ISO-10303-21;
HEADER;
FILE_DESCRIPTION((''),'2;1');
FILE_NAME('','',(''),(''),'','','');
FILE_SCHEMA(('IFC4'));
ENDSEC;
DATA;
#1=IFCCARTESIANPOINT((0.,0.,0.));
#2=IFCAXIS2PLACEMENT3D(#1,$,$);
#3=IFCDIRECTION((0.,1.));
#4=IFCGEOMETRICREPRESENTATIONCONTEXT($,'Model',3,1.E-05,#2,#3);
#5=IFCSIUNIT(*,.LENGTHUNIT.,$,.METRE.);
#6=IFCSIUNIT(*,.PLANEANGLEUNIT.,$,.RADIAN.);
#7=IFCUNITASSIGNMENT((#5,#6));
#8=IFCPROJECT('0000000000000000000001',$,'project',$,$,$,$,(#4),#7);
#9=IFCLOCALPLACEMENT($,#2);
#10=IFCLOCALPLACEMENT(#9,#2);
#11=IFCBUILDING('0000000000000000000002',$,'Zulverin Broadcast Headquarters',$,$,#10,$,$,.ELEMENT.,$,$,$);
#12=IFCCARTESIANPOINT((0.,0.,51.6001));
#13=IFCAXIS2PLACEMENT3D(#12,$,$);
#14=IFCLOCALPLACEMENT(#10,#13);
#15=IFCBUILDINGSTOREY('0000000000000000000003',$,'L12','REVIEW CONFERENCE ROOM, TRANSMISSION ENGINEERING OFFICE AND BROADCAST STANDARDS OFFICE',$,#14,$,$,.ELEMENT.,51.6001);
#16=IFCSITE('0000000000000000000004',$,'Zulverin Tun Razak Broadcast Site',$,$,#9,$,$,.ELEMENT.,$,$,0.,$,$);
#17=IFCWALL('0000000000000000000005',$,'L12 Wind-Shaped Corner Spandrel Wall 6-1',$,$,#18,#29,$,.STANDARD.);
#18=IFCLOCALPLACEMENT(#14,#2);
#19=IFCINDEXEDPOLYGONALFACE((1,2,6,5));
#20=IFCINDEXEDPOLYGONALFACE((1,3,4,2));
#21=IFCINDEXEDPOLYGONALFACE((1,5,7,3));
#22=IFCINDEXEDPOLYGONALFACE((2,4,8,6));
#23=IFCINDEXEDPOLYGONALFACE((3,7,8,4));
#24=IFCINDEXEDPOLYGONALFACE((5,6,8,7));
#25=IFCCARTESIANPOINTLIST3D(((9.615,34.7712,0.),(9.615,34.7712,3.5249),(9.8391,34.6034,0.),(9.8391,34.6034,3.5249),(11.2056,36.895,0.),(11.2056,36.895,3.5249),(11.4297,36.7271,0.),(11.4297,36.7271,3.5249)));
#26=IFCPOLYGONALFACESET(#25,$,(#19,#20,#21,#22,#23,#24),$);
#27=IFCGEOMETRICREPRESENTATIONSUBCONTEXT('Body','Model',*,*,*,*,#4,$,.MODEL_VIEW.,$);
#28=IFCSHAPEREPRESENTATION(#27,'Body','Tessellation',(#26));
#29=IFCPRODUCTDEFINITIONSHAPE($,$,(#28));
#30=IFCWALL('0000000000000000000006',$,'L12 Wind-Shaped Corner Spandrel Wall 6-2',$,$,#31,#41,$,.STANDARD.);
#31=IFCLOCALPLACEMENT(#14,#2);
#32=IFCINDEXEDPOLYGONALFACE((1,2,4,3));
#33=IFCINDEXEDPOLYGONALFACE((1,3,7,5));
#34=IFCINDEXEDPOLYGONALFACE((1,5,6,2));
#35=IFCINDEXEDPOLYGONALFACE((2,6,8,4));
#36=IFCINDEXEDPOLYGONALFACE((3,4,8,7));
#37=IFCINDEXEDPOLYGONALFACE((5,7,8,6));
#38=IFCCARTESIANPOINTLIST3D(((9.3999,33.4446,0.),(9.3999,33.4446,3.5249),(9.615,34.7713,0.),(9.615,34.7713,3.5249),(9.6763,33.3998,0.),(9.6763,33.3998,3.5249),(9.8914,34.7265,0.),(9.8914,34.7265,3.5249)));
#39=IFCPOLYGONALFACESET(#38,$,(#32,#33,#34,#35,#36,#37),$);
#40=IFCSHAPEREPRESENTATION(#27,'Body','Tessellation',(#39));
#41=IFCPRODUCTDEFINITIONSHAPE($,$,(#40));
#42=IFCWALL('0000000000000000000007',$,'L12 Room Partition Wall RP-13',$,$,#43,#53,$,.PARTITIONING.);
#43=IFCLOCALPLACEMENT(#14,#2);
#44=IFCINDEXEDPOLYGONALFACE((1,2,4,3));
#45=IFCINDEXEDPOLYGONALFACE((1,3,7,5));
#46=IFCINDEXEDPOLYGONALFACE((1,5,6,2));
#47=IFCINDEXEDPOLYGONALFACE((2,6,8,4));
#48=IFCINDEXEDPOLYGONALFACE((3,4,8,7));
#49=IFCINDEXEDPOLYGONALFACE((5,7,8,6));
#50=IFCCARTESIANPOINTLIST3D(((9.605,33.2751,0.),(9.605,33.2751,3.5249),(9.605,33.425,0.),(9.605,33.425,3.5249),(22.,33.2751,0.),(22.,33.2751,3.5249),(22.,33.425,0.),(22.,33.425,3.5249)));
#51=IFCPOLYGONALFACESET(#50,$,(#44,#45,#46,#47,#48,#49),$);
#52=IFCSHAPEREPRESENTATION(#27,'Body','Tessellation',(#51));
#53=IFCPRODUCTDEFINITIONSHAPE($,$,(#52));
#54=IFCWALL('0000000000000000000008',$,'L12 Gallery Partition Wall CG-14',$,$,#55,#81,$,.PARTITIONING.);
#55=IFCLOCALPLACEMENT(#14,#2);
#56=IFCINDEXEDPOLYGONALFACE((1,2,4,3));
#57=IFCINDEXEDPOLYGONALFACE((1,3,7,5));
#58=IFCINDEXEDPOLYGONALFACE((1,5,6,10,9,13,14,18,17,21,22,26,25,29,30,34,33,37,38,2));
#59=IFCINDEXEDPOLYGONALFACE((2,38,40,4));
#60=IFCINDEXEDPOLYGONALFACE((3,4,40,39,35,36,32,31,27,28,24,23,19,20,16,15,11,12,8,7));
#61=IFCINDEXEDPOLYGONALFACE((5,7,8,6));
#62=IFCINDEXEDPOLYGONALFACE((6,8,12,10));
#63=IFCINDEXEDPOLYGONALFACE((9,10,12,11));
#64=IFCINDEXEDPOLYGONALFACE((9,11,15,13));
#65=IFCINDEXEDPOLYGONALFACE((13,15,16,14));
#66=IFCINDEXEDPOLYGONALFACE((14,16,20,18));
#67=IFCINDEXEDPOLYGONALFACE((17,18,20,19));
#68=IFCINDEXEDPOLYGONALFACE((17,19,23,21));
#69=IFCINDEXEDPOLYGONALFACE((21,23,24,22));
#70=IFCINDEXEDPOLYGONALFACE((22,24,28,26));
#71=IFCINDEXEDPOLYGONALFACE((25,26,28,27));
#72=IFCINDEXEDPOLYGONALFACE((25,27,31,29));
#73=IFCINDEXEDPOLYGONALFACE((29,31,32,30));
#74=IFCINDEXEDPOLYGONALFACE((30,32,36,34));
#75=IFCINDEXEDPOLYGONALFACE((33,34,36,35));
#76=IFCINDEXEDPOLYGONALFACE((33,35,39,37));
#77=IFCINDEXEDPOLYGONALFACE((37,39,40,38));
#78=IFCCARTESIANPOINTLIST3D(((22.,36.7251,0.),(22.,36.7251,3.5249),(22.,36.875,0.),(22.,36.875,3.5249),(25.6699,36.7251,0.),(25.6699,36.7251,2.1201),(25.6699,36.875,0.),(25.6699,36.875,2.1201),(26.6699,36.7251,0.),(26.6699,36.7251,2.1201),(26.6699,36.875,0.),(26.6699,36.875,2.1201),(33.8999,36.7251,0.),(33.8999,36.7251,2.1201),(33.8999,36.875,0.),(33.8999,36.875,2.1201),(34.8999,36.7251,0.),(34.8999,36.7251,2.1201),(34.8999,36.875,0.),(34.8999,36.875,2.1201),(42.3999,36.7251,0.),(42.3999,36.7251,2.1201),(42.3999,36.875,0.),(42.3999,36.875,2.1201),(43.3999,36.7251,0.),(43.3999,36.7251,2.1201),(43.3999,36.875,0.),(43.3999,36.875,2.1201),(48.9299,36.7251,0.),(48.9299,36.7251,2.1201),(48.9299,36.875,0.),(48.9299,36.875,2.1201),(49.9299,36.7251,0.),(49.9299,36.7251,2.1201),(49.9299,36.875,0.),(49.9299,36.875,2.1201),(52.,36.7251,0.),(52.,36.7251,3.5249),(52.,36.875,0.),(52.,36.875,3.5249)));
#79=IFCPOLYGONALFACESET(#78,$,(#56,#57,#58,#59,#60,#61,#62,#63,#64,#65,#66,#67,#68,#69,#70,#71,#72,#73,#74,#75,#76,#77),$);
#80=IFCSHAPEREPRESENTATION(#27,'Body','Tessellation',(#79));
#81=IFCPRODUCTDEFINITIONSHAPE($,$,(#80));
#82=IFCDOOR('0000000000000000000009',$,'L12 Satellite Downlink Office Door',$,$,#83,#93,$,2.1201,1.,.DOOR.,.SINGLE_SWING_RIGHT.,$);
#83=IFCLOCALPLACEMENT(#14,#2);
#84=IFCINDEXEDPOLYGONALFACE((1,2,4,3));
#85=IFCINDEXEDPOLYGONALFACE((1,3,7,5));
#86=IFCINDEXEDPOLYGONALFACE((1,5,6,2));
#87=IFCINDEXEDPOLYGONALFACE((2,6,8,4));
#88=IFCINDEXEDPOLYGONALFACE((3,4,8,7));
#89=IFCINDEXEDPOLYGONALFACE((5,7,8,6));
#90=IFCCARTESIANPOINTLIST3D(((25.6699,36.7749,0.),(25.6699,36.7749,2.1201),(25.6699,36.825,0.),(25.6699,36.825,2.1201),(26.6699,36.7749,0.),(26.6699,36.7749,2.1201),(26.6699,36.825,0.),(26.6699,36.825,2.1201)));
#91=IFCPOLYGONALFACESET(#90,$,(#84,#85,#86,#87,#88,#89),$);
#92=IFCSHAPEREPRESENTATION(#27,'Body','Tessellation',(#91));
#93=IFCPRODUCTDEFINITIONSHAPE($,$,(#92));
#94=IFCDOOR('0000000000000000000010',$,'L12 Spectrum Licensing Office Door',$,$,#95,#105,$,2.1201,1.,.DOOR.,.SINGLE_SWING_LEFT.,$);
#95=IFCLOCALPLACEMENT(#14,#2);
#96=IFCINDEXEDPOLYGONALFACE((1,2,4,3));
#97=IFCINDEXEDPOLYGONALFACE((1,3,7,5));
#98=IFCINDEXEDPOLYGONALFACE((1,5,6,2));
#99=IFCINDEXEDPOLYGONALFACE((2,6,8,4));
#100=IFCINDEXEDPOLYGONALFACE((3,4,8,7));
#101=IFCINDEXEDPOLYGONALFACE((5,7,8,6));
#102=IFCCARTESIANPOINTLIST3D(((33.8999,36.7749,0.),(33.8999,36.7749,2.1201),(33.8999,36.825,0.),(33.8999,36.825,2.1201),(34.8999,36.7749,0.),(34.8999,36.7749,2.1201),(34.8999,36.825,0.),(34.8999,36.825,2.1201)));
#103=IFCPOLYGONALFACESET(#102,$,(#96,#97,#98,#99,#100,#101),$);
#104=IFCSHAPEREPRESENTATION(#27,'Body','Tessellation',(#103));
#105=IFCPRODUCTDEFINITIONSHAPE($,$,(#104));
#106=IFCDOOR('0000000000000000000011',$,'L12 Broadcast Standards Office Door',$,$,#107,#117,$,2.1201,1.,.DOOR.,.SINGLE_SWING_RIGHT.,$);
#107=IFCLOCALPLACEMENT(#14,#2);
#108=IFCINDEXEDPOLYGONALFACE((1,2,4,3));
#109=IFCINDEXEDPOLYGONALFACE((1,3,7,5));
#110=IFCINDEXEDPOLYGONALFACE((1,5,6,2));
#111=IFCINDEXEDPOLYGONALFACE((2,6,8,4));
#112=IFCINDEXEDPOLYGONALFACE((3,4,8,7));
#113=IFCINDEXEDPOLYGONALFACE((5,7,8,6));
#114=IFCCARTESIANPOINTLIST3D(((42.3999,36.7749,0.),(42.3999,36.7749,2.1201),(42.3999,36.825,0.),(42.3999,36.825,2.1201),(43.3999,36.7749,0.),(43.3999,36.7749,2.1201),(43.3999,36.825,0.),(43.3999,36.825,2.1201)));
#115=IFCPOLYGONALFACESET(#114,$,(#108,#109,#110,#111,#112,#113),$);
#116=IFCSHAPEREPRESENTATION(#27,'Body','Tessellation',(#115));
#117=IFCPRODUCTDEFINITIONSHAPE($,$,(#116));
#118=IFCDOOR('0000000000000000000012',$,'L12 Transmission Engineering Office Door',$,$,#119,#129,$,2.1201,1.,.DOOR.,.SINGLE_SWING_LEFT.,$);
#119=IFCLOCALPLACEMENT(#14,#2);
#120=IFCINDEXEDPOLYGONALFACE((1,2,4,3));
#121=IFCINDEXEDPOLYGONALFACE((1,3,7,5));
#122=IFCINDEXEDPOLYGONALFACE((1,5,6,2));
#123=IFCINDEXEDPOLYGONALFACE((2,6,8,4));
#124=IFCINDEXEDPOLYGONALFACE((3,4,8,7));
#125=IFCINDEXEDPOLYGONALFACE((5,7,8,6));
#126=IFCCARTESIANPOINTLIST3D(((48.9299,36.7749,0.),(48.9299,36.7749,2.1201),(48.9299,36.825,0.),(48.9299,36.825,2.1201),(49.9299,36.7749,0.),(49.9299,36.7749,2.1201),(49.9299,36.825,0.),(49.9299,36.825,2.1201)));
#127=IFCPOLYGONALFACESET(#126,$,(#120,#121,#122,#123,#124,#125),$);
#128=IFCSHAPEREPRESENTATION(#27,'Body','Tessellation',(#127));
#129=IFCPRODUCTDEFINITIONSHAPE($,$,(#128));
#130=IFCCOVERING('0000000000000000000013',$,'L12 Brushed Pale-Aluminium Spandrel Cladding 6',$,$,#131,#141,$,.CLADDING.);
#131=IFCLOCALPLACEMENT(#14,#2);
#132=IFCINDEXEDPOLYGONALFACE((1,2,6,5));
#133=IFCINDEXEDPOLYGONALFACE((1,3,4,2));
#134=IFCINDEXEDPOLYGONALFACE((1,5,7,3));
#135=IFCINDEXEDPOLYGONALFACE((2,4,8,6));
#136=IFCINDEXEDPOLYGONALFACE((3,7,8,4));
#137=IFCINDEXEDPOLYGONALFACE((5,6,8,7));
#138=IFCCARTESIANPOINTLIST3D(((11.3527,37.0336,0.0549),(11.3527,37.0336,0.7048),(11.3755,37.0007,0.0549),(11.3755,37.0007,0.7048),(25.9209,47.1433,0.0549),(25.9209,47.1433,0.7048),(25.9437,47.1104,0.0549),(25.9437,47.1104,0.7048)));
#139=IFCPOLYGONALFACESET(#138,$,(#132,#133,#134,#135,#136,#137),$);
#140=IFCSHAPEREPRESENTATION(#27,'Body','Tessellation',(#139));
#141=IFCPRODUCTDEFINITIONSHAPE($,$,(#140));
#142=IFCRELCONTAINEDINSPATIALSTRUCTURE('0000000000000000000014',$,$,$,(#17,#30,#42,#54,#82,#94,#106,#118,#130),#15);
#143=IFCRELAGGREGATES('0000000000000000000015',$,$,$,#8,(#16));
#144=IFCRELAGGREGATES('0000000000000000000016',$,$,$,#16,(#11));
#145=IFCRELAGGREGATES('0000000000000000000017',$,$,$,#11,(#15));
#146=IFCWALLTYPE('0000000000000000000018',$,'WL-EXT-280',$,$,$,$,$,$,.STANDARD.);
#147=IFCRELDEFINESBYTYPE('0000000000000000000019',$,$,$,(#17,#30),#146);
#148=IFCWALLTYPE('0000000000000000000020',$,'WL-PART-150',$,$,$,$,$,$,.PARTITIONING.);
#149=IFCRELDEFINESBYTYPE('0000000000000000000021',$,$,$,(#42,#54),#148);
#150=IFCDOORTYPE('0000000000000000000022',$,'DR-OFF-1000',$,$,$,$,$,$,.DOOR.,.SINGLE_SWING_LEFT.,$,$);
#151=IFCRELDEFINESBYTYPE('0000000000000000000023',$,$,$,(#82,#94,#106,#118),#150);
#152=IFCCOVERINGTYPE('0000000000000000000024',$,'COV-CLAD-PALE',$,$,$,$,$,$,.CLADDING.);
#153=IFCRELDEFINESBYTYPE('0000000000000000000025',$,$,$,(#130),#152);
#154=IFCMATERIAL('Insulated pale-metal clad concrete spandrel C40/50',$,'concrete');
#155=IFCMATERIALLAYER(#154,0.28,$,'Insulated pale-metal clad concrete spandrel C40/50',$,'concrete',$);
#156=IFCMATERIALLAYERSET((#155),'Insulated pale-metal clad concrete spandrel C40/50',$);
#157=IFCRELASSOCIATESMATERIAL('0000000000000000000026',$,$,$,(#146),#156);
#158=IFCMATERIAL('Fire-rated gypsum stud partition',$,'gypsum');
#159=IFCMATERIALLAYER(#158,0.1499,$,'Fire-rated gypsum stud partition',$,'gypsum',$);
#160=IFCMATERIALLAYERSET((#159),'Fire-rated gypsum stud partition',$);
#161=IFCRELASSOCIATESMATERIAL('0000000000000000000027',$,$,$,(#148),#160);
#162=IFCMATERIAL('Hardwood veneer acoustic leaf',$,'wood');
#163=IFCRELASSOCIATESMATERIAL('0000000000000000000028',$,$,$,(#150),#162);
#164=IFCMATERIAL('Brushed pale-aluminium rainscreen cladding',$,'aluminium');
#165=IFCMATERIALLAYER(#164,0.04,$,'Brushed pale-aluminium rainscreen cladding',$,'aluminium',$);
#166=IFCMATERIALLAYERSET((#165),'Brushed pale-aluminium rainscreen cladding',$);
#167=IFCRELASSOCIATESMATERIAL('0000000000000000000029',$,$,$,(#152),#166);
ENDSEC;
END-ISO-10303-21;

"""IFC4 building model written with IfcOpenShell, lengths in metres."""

from ifc_helpers import new_model, si_unit, direction, frame, frame_2d, origin, origin_2d, place, context, subcontext, project, spatial, rectangle, extrude, material, layer, layer_set, type_object, element, fill, save


model = new_model("IFC4")

# Units and contexts
model_context = context("Model", 3, precision=1e-05, world=origin(), true_north=direction((0.0, 1.0)))
body_context = subcontext(model_context, "Body", "Model", "MODEL_VIEW")
ifc_project = project(units=[si_unit("LENGTHUNIT", "METRE"), si_unit("PLANEANGLEUNIT", "RADIAN")], contexts=[model_context])

# Site, building, storey
site_placement = place(None, origin())
site = spatial("IfcSite", under=ifc_project, at=site_placement, Name="Zulverin Tun Razak Broadcast Site", CompositionType="ELEMENT", RefElevation=0.0)
building_placement = place(site_placement, origin())
building = spatial("IfcBuilding", under=site, at=building_placement, Name="Zulverin Broadcast Headquarters", CompositionType="ELEMENT")
storey_placement = place(building_placement, frame((0.0, 0.0, 51.6001)))
storey = spatial("IfcBuildingStorey", under=building, at=storey_placement, Name="L12", Description="REVIEW CONFERENCE ROOM, TRANSMISSION ENGINEERING OFFICE AND BROADCAST STANDARDS OFFICE", CompositionType="ELEMENT", Elevation=51.6001)

# Shared definitions
ifc_material_1 = material(Name="Insulated pale-metal clad concrete spandrel C40/50", Category="concrete")
ifc_layer_1 = layer(ifc_material_1, 0.28, Name="Insulated pale-metal clad concrete spandrel C40/50", Category="concrete")
ifc_layer_set_1 = layer_set([ifc_layer_1], Name="Insulated pale-metal clad concrete spandrel C40/50")
wall_type_1 = type_object("IfcWallType", Name="WL-EXT-280", PredefinedType="STANDARD", material=ifc_layer_set_1)

# Walls
wall_1_placement = place(storey_placement, frame((11.3176, 36.811, 0.0), z_axis=(0.0, 0.0, 1.0), x_axis=(-0.599455, -0.800408, 0.0)))
element("IfcWall", 1, at=wall_1_placement, inside=storey, type_object=wall_type_1, Name="L12 Wind-Shaped Corner Spandrel Wall 6-1", PredefinedType="STANDARD", context=body_context, shape_type="SweptSolid", body=[
    extrude(rectangle(XDim=2.6533, YDim=0.28, at=frame_2d((1.3267, 0.0))), origin(), (0.0, 0.0, 1.0), 3.5249),
])
wall_2_placement = place(storey_placement, frame((9.7532, 34.7488, 0.0), z_axis=(0.0, 0.0, 1.0), x_axis=(-0.160038, -0.987111, 0.0)))
element("IfcWall", 2, at=wall_2_placement, inside=storey, type_object=wall_type_1, Name="L12 Wind-Shaped Corner Spandrel Wall 6-2", PredefinedType="STANDARD", context=body_context, shape_type="SweptSolid", body=[
    extrude(rectangle(XDim=1.344, YDim=0.28, at=frame_2d((0.6719, 0.0))), origin(), (0.0, 0.0, 1.0), 3.5249),
])
ifc_material_2 = material(Name="Fire-rated gypsum stud partition", Category="gypsum")
ifc_layer_2 = layer(ifc_material_2, 0.1499, Name="Fire-rated gypsum stud partition", Category="gypsum")
ifc_layer_set_2 = layer_set([ifc_layer_2], Name="Fire-rated gypsum stud partition")
wall_type_2 = type_object("IfcWallType", Name="WL-PART-150", PredefinedType="PARTITIONING", material=ifc_layer_set_2)
wall_3_placement = place(storey_placement, frame((9.605, 33.3501, 0.0), z_axis=(0.0, 0.0, 1.0), x_axis=(1.0, 0.0, 0.0)))
element("IfcWall", 3, at=wall_3_placement, inside=storey, type_object=wall_type_2, Name="L12 Room Partition Wall RP-13", PredefinedType="PARTITIONING", context=body_context, shape_type="SweptSolid", body=[
    extrude(rectangle(XDim=12.395, YDim=0.1499, at=frame_2d((6.1975, 0.0))), origin(), (0.0, 0.0, 1.0), 3.5249),
])

# Wall, openings, doors
wall_4_placement = place(storey_placement, frame((22.0, 36.8, 0.0), z_axis=(0.0, 0.0, 1.0), x_axis=(1.0, 0.0, 0.0)))
wall_4 = element("IfcWall", 4, at=wall_4_placement, inside=storey, type_object=wall_type_2, Name="L12 Gallery Partition Wall CG-14", PredefinedType="PARTITIONING", context=body_context, shape_type="SweptSolid", body=[
    extrude(rectangle(XDim=30.0, YDim=0.1499, at=frame_2d((15.0, 0.0))), origin(), (0.0, 0.0, 1.0), 3.5249),
])
opening_1_placement = place(wall_4_placement, frame((3.6699, 0.0, 0.0)))
opening_1 = element("IfcOpeningElement", 5, at=opening_1_placement, cuts=wall_4, PredefinedType="OPENING", context=body_context, shape_type="SweptSolid", body=[
    extrude(rectangle(XDim=1.0, YDim=2.1201, at=frame_2d((0.5, 1.0601))), frame((0.0, 0.085, 0.0), z_axis=(0.0, -1.0, 0.0), x_axis=(1.0, 0.0, 0.0)), (0.0, 0.0, 1.0), 0.1699),
])
opening_2_placement = place(wall_4_placement, frame((11.8999, 0.0, 0.0)))
opening_2 = element("IfcOpeningElement", 6, at=opening_2_placement, cuts=wall_4, PredefinedType="OPENING", context=body_context, shape_type="SweptSolid", body=[
    extrude(rectangle(XDim=1.0, YDim=2.1201, at=frame_2d((0.5, 1.0601))), frame((0.0, 0.085, 0.0), z_axis=(0.0, -1.0, 0.0), x_axis=(1.0, 0.0, 0.0)), (0.0, 0.0, 1.0), 0.1699),
])
opening_3_placement = place(wall_4_placement, frame((20.3999, 0.0, 0.0)))
opening_3 = element("IfcOpeningElement", 7, at=opening_3_placement, cuts=wall_4, PredefinedType="OPENING", context=body_context, shape_type="SweptSolid", body=[
    extrude(rectangle(XDim=1.0, YDim=2.1201, at=frame_2d((0.5, 1.0601))), frame((0.0, 0.085, 0.0), z_axis=(0.0, -1.0, 0.0), x_axis=(1.0, 0.0, 0.0)), (0.0, 0.0, 1.0), 0.1699),
])
opening_4_placement = place(wall_4_placement, frame((26.9299, 0.0, 0.0)))
opening_4 = element("IfcOpeningElement", 8, at=opening_4_placement, cuts=wall_4, PredefinedType="OPENING", context=body_context, shape_type="SweptSolid", body=[
    extrude(rectangle(XDim=1.0, YDim=2.1201, at=frame_2d((0.5, 1.0601))), frame((0.0, 0.085, 0.0), z_axis=(0.0, -1.0, 0.0), x_axis=(1.0, 0.0, 0.0)), (0.0, 0.0, 1.0), 0.1699),
])
ifc_material_3 = material(Name="Hardwood veneer acoustic leaf", Category="wood")
door_type_1 = type_object("IfcDoorType", Name="DR-OFF-1000", OperationType="SINGLE_SWING_LEFT", PredefinedType="DOOR", material=ifc_material_3)
door_1_placement = place(opening_1_placement, origin())
door_1 = element("IfcDoor", 9, at=door_1_placement, inside=storey, type_object=door_type_1, Name="L12 Satellite Downlink Office Door", OperationType="SINGLE_SWING_RIGHT", OverallHeight=2.1201, OverallWidth=1.0, PredefinedType="DOOR", context=body_context, shape_type="SweptSolid", body=[
    extrude(rectangle(XDim=1.0, YDim=2.1201, at=frame_2d((0.5, 1.0601))), frame((0.0, 0.0249, 0.0), z_axis=(0.0, -1.0, 0.0), x_axis=(1.0, 0.0, 0.0)), (0.0, 0.0, 1.0), 0.05),
])
fill(opening_1, door_1)
door_2_placement = place(opening_2_placement, origin())
door_2 = element("IfcDoor", 10, at=door_2_placement, inside=storey, type_object=door_type_1, Name="L12 Spectrum Licensing Office Door", OperationType="SINGLE_SWING_LEFT", OverallHeight=2.1201, OverallWidth=1.0, PredefinedType="DOOR", context=body_context, shape_type="SweptSolid", body=[
    extrude(rectangle(XDim=1.0, YDim=2.1201, at=frame_2d((0.5, 1.0601))), frame((0.0, 0.0249, 0.0), z_axis=(0.0, -1.0, 0.0), x_axis=(1.0, 0.0, 0.0)), (0.0, 0.0, 1.0), 0.05),
])
fill(opening_2, door_2)
door_3_placement = place(opening_3_placement, origin())
door_3 = element("IfcDoor", 11, at=door_3_placement, inside=storey, type_object=door_type_1, Name="L12 Broadcast Standards Office Door", OperationType="SINGLE_SWING_RIGHT", OverallHeight=2.1201, OverallWidth=1.0, PredefinedType="DOOR", context=body_context, shape_type="SweptSolid", body=[
    extrude(rectangle(XDim=1.0, YDim=2.1201, at=frame_2d((0.5, 1.0601))), frame((0.0, 0.0249, 0.0), z_axis=(0.0, -1.0, 0.0), x_axis=(1.0, 0.0, 0.0)), (0.0, 0.0, 1.0), 0.05),
])
fill(opening_3, door_3)
door_4_placement = place(opening_4_placement, origin())
door_4 = element("IfcDoor", 12, at=door_4_placement, inside=storey, type_object=door_type_1, Name="L12 Transmission Engineering Office Door", OperationType="SINGLE_SWING_LEFT", OverallHeight=2.1201, OverallWidth=1.0, PredefinedType="DOOR", context=body_context, shape_type="SweptSolid", body=[
    extrude(rectangle(XDim=1.0, YDim=2.1201, at=frame_2d((0.5, 1.0601))), frame((0.0, 0.0249, 0.0), z_axis=(0.0, -1.0, 0.0), x_axis=(1.0, 0.0, 0.0)), (0.0, 0.0, 1.0), 0.05),
])
fill(opening_4, door_4)

# Covering
ifc_material_4 = material(Name="Brushed pale-aluminium rainscreen cladding", Category="aluminium")
ifc_layer_3 = layer(ifc_material_4, 0.04, Name="Brushed pale-aluminium rainscreen cladding", Category="aluminium")
ifc_layer_set_3 = layer_set([ifc_layer_3], Name="Brushed pale-aluminium rainscreen cladding")
covering_type = type_object("IfcCoveringType", Name="COV-CLAD-PALE", PredefinedType="CLADDING", material=ifc_layer_set_3)
covering_placement = place(storey_placement, frame((18.6482, 42.072, 0.0549), z_axis=(0.0, 0.0, 1.0), x_axis=(-0.821556, -0.570127, 0.0)))
element("IfcCovering", 13, at=covering_placement, inside=storey, type_object=covering_type, Name="L12 Brushed Pale-Aluminium Spandrel Cladding 6", PredefinedType="CLADDING", context=body_context, shape_type="SweptSolid", body=[
    extrude(rectangle(XDim=17.7324, YDim=0.04, at=origin_2d()), origin(), (0.0, 0.0, 1.0), 0.6499),
])

save(model, "model.ifc")
